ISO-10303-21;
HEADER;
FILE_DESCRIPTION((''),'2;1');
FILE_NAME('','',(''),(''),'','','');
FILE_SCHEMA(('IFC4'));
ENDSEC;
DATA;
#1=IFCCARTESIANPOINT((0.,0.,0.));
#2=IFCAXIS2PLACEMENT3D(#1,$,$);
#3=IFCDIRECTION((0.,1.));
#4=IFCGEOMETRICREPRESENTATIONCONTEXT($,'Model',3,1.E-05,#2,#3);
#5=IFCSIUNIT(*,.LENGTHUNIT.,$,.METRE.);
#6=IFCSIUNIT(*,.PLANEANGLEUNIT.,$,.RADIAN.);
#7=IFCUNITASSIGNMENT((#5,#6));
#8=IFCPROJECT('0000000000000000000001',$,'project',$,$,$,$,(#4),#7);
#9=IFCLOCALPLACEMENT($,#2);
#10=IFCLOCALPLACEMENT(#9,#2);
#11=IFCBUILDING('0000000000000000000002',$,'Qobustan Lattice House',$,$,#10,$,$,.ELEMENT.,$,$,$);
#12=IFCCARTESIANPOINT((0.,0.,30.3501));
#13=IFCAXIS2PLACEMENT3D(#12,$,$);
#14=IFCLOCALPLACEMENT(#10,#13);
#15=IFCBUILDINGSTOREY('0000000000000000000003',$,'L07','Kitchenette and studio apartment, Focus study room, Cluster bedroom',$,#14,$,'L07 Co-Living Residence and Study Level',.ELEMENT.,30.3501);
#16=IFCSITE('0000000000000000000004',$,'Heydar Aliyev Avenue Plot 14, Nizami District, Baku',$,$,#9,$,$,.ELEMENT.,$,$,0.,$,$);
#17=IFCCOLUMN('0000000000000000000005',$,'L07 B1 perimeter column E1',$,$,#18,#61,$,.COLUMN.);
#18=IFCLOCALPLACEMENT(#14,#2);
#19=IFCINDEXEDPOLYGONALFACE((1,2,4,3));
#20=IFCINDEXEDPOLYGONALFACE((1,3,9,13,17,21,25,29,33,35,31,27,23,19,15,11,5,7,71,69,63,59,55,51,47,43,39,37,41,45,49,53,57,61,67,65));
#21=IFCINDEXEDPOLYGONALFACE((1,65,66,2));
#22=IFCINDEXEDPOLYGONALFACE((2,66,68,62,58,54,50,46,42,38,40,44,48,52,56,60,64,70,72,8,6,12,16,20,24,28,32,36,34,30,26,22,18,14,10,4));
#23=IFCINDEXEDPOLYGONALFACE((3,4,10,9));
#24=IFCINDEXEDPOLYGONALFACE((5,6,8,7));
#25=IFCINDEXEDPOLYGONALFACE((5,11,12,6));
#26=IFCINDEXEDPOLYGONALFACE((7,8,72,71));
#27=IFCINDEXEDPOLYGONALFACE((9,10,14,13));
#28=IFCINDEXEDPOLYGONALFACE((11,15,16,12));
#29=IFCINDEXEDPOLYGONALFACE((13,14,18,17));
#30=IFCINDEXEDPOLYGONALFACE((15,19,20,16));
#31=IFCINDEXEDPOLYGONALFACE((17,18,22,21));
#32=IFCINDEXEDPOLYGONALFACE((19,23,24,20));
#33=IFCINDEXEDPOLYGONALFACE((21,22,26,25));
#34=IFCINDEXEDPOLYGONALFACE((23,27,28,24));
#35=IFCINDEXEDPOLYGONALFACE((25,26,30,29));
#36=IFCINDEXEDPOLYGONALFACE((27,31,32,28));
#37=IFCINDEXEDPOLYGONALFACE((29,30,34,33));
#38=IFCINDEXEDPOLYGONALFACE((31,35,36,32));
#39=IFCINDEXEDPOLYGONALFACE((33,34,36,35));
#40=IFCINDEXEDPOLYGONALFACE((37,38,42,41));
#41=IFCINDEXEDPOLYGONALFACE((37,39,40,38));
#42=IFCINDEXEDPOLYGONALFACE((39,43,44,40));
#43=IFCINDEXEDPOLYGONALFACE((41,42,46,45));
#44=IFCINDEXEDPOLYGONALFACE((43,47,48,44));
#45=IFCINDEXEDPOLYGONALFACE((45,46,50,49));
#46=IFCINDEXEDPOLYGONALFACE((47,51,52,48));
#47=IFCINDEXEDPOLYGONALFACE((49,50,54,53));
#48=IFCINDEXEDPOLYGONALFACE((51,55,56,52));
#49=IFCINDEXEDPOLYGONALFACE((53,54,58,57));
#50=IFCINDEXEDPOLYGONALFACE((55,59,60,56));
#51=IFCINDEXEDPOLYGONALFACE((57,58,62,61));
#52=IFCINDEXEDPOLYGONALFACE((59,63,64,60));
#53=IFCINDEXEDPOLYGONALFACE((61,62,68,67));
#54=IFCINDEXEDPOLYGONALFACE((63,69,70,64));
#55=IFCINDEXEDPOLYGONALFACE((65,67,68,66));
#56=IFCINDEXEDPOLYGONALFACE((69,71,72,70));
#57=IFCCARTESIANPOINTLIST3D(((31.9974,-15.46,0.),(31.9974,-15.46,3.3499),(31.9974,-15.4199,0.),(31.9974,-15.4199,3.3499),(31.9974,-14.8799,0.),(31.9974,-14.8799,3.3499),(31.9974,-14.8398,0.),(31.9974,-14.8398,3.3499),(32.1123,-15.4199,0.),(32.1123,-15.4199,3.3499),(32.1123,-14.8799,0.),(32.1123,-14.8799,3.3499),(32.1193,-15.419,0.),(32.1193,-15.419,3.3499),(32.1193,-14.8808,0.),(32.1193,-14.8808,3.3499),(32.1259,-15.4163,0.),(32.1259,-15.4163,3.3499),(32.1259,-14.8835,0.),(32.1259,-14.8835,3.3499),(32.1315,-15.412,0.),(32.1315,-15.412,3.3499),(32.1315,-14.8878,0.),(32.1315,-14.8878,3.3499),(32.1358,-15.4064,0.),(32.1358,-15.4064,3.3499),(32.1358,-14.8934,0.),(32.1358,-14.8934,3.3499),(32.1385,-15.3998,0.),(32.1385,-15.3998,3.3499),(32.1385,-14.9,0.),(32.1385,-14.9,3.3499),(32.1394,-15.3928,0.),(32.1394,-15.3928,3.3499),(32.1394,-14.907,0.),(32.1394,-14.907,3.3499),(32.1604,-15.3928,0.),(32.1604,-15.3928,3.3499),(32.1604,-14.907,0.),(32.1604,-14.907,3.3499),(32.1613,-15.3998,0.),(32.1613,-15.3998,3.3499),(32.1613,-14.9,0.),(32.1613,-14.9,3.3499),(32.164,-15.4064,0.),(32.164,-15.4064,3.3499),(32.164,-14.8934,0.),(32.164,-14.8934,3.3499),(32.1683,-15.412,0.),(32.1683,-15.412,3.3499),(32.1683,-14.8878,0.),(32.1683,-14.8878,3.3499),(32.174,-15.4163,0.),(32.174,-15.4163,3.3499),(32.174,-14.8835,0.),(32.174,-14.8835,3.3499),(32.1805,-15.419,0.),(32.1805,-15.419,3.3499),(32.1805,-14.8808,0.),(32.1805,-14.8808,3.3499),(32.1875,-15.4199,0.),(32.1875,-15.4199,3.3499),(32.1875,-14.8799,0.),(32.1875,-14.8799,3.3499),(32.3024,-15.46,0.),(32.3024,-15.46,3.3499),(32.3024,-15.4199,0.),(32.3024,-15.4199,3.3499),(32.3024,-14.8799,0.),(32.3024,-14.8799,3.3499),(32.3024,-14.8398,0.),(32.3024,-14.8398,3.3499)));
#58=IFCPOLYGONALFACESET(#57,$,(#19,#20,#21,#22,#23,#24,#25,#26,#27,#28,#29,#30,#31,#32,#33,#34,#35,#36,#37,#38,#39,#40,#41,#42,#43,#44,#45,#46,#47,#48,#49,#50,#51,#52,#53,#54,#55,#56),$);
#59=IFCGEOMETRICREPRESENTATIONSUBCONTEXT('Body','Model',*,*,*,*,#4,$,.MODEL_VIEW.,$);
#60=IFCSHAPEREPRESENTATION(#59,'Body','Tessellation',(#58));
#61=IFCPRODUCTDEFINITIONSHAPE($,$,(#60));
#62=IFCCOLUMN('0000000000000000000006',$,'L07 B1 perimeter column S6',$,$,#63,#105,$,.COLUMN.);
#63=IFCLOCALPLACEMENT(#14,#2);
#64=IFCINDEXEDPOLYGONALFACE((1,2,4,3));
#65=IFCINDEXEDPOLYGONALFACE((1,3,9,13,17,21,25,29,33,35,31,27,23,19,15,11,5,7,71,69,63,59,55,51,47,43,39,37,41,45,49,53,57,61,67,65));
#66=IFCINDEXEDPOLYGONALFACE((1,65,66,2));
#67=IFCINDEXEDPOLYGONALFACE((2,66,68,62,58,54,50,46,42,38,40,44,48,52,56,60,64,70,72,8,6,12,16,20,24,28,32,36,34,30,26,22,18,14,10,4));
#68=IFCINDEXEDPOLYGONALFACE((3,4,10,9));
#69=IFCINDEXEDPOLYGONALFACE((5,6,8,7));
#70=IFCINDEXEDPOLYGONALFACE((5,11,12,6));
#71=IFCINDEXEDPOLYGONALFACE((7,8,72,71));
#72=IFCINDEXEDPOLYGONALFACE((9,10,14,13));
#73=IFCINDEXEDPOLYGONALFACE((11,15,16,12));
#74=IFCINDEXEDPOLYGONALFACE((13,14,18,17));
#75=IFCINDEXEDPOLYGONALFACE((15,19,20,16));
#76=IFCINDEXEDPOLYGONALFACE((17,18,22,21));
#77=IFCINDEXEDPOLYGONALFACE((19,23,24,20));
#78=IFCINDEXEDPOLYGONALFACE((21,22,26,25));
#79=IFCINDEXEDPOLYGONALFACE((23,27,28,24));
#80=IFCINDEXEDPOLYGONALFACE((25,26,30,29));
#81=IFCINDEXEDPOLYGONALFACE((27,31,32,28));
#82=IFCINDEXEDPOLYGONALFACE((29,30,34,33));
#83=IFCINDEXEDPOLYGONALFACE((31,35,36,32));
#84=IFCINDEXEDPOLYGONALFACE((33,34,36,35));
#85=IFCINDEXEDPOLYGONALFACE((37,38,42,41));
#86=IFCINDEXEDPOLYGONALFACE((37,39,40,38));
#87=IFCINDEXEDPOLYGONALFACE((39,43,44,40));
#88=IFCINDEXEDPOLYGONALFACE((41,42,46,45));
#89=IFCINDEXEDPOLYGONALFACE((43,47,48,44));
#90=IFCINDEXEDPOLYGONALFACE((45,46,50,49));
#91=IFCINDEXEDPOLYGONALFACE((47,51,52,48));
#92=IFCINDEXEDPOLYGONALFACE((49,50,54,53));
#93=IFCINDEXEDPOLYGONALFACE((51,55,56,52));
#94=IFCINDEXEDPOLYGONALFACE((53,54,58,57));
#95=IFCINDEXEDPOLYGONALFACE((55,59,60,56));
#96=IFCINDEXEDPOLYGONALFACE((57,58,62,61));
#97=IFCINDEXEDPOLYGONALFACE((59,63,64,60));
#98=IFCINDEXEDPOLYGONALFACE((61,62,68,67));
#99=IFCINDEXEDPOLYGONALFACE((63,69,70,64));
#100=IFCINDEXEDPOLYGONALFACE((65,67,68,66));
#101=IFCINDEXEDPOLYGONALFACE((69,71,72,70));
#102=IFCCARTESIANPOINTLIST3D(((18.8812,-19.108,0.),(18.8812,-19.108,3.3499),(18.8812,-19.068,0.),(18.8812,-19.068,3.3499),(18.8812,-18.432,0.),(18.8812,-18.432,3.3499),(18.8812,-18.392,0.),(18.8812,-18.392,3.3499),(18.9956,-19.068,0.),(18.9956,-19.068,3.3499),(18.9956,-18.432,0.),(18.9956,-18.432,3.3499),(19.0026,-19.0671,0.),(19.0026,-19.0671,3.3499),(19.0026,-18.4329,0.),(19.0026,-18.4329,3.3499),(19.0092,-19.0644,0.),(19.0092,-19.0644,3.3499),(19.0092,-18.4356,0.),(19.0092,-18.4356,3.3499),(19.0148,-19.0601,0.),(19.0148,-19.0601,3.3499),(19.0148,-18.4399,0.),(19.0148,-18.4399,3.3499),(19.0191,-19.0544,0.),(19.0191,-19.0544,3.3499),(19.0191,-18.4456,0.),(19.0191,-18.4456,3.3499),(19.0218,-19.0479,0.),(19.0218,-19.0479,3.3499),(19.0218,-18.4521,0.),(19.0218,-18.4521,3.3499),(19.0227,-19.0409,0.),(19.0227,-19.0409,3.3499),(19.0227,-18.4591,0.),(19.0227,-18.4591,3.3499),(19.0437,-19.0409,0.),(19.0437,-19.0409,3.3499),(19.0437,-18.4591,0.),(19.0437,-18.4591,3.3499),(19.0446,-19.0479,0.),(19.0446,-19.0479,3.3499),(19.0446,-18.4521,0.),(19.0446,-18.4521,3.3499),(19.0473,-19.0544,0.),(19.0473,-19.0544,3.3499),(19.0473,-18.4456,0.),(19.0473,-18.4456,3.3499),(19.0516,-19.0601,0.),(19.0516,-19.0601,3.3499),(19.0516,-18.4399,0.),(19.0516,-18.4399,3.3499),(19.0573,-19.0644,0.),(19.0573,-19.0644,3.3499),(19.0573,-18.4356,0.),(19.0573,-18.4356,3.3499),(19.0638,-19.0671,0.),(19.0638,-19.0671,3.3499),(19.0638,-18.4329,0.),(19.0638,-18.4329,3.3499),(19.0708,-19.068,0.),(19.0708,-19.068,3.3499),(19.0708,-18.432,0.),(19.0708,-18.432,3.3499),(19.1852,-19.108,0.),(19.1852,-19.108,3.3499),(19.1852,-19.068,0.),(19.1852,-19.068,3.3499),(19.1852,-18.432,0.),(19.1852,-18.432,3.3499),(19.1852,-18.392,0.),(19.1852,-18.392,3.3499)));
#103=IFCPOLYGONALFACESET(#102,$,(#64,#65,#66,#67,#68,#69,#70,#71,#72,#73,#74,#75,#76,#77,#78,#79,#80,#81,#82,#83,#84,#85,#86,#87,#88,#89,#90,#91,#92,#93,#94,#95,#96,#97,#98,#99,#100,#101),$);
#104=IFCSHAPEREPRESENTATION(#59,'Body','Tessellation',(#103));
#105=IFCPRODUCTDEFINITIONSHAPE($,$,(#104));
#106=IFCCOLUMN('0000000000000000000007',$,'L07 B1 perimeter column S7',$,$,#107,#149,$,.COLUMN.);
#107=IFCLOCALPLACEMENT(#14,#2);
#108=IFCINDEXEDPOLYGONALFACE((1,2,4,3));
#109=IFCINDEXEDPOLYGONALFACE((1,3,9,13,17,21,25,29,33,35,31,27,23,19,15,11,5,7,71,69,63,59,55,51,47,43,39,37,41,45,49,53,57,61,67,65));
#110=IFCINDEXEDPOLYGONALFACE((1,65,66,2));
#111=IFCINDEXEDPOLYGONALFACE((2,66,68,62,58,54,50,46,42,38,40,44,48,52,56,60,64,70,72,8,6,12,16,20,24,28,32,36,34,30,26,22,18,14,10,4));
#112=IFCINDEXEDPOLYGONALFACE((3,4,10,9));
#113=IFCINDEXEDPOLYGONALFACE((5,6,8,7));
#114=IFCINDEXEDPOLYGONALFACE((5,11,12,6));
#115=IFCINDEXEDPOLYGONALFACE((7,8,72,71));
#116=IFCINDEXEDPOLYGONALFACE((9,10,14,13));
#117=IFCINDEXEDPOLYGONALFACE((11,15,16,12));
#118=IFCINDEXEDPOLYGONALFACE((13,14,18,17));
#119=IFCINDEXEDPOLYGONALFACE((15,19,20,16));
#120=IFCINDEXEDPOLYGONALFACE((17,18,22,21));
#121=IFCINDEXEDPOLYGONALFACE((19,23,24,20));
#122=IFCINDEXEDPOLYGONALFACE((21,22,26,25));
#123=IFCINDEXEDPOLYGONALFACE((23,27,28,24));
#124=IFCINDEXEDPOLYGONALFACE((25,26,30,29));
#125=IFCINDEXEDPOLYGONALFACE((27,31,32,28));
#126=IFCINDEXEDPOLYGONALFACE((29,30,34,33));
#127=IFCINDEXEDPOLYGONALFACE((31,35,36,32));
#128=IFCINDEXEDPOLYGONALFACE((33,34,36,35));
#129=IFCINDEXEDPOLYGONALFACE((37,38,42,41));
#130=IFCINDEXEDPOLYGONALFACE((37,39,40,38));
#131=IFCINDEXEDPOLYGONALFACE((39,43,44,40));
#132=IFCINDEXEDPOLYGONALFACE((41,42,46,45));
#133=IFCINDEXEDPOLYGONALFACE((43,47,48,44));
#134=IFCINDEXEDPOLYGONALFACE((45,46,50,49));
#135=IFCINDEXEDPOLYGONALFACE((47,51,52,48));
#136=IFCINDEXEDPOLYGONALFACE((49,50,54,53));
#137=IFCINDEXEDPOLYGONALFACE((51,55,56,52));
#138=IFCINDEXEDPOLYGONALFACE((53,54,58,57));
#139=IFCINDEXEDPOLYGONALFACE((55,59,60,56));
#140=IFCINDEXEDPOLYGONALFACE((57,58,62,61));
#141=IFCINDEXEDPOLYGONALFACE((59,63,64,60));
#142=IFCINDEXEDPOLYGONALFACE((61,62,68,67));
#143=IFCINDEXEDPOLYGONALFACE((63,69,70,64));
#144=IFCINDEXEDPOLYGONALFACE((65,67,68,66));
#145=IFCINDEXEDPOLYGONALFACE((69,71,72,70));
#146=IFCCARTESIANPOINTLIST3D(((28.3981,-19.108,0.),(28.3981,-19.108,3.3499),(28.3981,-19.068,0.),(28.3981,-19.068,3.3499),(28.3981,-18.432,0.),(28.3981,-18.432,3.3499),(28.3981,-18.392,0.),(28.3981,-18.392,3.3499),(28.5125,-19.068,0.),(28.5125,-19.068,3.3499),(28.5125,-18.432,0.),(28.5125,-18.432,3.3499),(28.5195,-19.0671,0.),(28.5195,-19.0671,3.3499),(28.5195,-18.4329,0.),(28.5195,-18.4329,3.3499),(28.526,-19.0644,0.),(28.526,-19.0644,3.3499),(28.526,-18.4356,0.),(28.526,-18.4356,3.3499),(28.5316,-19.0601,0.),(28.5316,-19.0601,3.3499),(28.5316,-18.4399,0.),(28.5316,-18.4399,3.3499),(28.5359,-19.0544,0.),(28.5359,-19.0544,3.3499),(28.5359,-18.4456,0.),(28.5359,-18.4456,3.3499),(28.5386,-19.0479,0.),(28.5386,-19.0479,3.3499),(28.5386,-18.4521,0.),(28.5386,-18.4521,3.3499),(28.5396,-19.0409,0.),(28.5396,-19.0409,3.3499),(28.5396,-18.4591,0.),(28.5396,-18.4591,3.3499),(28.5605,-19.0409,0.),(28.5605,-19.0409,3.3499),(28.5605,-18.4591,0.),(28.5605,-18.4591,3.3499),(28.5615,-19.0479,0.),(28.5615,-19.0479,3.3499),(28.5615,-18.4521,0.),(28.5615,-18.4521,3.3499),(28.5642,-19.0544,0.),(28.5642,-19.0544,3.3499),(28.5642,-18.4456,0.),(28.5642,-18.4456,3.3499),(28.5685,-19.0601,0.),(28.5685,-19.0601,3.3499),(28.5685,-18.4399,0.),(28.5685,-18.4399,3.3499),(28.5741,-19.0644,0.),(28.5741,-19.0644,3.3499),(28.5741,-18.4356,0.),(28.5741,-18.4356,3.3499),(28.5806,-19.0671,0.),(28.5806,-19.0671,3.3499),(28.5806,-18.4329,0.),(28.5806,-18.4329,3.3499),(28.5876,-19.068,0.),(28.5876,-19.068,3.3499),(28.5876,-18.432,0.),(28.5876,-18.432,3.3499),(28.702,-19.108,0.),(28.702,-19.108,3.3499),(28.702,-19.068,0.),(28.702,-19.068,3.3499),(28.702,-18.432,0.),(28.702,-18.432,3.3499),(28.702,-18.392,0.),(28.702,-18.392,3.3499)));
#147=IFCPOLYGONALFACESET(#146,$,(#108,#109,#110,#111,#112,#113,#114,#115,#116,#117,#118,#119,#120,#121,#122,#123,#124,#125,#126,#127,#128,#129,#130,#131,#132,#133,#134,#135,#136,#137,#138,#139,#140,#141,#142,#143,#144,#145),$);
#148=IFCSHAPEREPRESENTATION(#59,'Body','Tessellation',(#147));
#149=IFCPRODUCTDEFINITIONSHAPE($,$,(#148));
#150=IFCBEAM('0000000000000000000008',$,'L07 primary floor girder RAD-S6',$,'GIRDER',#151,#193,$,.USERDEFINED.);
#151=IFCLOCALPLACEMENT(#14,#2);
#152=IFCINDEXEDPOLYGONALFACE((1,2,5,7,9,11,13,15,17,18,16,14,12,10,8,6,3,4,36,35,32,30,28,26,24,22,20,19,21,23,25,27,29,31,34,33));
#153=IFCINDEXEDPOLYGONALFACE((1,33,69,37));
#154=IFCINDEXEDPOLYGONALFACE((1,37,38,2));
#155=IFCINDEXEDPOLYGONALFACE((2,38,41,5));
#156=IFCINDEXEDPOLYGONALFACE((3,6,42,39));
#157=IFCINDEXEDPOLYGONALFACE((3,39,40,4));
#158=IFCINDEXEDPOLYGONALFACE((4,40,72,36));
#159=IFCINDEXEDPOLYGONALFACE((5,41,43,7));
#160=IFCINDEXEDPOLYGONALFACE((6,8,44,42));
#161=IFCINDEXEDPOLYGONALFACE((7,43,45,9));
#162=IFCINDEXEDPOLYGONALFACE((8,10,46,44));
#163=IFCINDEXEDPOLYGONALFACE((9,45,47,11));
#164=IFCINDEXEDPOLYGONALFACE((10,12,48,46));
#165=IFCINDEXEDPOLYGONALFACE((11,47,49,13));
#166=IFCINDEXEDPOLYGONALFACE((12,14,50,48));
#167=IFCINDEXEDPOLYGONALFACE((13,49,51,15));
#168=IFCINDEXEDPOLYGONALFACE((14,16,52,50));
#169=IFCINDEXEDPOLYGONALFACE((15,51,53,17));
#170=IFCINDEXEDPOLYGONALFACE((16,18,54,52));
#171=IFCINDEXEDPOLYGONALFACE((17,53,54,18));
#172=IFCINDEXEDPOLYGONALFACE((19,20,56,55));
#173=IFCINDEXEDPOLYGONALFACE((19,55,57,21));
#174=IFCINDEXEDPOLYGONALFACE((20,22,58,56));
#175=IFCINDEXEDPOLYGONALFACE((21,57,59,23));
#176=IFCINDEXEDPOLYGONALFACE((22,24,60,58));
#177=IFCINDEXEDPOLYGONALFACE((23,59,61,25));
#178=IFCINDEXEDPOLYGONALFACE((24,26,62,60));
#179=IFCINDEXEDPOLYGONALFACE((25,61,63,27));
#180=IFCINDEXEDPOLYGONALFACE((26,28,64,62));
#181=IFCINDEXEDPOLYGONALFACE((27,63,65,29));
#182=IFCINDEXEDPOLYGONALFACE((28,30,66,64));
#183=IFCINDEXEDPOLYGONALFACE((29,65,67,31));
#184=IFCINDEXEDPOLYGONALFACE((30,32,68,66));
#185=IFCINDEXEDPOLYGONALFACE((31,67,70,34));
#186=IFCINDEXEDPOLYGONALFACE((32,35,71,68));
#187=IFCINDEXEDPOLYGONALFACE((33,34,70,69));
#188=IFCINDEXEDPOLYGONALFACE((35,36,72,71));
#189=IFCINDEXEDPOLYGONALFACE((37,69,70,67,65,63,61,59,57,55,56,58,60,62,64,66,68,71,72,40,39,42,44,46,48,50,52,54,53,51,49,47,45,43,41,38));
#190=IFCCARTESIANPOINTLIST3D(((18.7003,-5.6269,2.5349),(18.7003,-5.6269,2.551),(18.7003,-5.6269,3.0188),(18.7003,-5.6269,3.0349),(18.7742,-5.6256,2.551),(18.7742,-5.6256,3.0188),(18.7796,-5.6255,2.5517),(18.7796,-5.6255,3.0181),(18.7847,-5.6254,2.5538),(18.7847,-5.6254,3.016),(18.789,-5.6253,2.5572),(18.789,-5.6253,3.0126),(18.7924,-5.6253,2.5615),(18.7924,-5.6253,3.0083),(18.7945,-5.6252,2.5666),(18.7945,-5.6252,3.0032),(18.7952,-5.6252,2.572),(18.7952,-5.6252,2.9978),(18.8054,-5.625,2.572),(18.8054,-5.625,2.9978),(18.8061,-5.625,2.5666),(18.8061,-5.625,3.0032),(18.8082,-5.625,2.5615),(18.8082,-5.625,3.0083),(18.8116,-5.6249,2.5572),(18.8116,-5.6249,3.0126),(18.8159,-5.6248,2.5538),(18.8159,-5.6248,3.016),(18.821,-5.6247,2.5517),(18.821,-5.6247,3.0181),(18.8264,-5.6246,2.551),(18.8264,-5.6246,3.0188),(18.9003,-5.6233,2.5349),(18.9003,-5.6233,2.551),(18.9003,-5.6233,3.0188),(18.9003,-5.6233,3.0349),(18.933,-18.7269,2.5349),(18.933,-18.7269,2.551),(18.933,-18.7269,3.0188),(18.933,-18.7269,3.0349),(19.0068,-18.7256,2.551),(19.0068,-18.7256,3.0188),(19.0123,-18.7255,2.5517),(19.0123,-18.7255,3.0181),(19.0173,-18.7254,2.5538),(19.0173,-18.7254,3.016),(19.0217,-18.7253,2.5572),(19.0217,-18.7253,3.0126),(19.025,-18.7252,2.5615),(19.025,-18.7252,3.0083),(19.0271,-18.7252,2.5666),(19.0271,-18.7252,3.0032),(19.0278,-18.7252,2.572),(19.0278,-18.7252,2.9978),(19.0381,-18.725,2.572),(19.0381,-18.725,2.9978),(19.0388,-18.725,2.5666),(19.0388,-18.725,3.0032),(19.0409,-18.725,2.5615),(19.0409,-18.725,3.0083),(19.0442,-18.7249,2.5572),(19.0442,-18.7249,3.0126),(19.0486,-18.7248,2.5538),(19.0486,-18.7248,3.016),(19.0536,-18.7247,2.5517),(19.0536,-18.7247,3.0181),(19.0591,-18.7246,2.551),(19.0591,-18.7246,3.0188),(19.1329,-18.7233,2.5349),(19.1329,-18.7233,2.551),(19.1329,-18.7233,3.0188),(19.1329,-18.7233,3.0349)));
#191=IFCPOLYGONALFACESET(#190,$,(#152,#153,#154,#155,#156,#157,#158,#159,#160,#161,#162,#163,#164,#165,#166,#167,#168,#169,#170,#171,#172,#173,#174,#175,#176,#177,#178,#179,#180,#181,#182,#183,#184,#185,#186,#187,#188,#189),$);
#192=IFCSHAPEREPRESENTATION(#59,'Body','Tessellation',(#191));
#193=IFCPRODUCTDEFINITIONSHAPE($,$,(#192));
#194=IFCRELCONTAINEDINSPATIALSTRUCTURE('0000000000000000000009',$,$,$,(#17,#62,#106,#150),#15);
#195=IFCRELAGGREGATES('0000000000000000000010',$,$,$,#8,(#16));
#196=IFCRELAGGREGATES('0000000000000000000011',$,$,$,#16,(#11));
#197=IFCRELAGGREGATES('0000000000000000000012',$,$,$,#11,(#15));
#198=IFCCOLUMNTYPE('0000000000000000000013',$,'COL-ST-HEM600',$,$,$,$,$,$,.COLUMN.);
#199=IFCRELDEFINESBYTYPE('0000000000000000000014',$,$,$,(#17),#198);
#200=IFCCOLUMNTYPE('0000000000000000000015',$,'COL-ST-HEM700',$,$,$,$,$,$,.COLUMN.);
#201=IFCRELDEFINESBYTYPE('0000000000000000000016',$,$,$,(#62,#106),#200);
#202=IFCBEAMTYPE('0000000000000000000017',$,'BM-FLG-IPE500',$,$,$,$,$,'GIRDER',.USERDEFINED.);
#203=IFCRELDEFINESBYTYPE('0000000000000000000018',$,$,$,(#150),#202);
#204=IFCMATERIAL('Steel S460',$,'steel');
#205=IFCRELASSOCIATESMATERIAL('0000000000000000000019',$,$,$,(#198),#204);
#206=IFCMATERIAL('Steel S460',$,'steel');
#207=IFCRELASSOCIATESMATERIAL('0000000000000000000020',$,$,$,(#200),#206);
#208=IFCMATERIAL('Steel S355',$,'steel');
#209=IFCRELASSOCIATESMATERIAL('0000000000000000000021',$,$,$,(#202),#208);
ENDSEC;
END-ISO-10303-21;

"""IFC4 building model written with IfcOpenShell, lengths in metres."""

from ifc_helpers import new_model, si_unit, direction, frame, origin, origin_2d, place, context, subcontext, project, spatial, i_section, extrude, material, material_profile, profile_set, type_object, element, save


model = new_model("IFC4")

# Units and contexts
model_context = context("Model", 3, precision=1e-05, world=origin(), true_north=direction((0.0, 1.0)))
body_context = subcontext(model_context, "Body", "Model", "MODEL_VIEW")
ifc_project = project(units=[si_unit("LENGTHUNIT", "METRE"), si_unit("PLANEANGLEUNIT", "RADIAN")], contexts=[model_context])

# Site, building, storey
site_placement = place(None, origin())
site = spatial("IfcSite", under=ifc_project, at=site_placement, Name="Heydar Aliyev Avenue Plot 14, Nizami District, Baku", CompositionType="ELEMENT", RefElevation=0.0)
building_placement = place(site_placement, origin())
building = spatial("IfcBuilding", under=site, at=building_placement, Name="Qobustan Lattice House", CompositionType="ELEMENT")
storey_placement = place(building_placement, frame((0.0, 0.0, 30.3501)))
storey = spatial("IfcBuildingStorey", under=building, at=storey_placement, Name="L07", Description="Kitchenette and studio apartment, Focus study room, Cluster bedroom", LongName="L07 Co-Living Residence and Study Level", CompositionType="ELEMENT", Elevation=30.3501)

# Columns
ifc_material_1 = material(Name="Steel S460", Category="steel")
ifc_material_profile_1 = material_profile(ifc_material_1, i_section(OverallWidth=0.3049, OverallDepth=0.6201, WebThickness=0.021, FlangeThickness=0.04, FilletRadius=0.0271, at=origin_2d()), Name="HEM600")
ifc_profile_set_1 = profile_set([ifc_material_profile_1], Name="Steel S460")
column_type_1 = type_object("IfcColumnType", Name="COL-ST-HEM600", PredefinedType="COLUMN", material=ifc_profile_set_1)
column_placement = place(storey_placement, frame((32.1499, -15.1499, 0.0), z_axis=(0.0, 0.0, 1.0), x_axis=(1.0, 0.0, 0.0)))
element("IfcColumn", 1, at=column_placement, inside=storey, type_object=column_type_1, Name="L07 B1 perimeter column E1", PredefinedType="COLUMN", context=body_context, shape_type="SweptSolid", body=[
    extrude(i_section(OverallWidth=0.3049, OverallDepth=0.6201, WebThickness=0.021, FlangeThickness=0.04, FilletRadius=0.0271, at=origin_2d()), origin(), (0.0, 0.0, 1.0), 3.3499),
])
ifc_material_2 = material(Name="Steel S460", Category="steel")
ifc_material_profile_2 = material_profile(ifc_material_2, i_section(OverallWidth=0.304, OverallDepth=0.7161, WebThickness=0.021, FlangeThickness=0.04, FilletRadius=0.0271, at=origin_2d()), Name="HEM700")
ifc_profile_set_2 = profile_set([ifc_material_profile_2], Name="Steel S460")
column_type_2 = type_object("IfcColumnType", Name="COL-ST-HEM700", PredefinedType="COLUMN", material=ifc_profile_set_2)
for number, where, z_axis, x_axis, name in (
    (2, (19.0332, -18.75, 0.0), (0.0, 0.0, 1.0), (1.0, 0.0, 0.0), "L07 B1 perimeter column S6"),
    (3, (28.55, -18.75, 0.0), (0.0, 0.0, 1.0), (1.0, 0.0, 0.0), "L07 B1 perimeter column S7"),
):
    element("IfcColumn", number, at=place(storey_placement, frame(where, z_axis=z_axis, x_axis=x_axis)), inside=storey, type_object=column_type_2, Name=name, PredefinedType="COLUMN", context=body_context, shape_type="SweptSolid", body=[
        extrude(i_section(OverallWidth=0.304, OverallDepth=0.7161, WebThickness=0.021, FlangeThickness=0.04, FilletRadius=0.0271, at=origin_2d()), origin(), (0.0, 0.0, 1.0), 3.3499),
    ])

# Beam
ifc_material_3 = material(Name="Steel S355", Category="steel")
ifc_material_profile_3 = material_profile(ifc_material_3, i_section(OverallWidth=0.2, OverallDepth=0.5, WebThickness=0.0103, FlangeThickness=0.0161, FilletRadius=0.021, at=origin_2d()), Name="IPE500")
ifc_profile_set_3 = profile_set([ifc_material_profile_3], Name="Steel S355")
beam_type_1 = type_object("IfcBeamType", Name="BM-FLG-IPE500", ElementType="GIRDER", PredefinedType="USERDEFINED", material=ifc_profile_set_3)
beam_1_placement = place(storey_placement, frame((19.033, -18.7251, 2.7849), z_axis=(-0.017758, 0.999842, 0.0), x_axis=(-0.999842, -0.017758, 0.0)))
element("IfcBeam", 4, at=beam_1_placement, inside=storey, type_object=beam_type_1, Name="L07 primary floor girder RAD-S6", ObjectType="GIRDER", PredefinedType="USERDEFINED", context=body_context, shape_type="SweptSolid", body=[
    extrude(i_section(OverallWidth=0.2, OverallDepth=0.5, WebThickness=0.0103, FlangeThickness=0.0161, FilletRadius=0.021, at=origin_2d()), origin(), (0.0, 0.0, 1.0), 13.1021),
])

save(model, "model.ifc")
